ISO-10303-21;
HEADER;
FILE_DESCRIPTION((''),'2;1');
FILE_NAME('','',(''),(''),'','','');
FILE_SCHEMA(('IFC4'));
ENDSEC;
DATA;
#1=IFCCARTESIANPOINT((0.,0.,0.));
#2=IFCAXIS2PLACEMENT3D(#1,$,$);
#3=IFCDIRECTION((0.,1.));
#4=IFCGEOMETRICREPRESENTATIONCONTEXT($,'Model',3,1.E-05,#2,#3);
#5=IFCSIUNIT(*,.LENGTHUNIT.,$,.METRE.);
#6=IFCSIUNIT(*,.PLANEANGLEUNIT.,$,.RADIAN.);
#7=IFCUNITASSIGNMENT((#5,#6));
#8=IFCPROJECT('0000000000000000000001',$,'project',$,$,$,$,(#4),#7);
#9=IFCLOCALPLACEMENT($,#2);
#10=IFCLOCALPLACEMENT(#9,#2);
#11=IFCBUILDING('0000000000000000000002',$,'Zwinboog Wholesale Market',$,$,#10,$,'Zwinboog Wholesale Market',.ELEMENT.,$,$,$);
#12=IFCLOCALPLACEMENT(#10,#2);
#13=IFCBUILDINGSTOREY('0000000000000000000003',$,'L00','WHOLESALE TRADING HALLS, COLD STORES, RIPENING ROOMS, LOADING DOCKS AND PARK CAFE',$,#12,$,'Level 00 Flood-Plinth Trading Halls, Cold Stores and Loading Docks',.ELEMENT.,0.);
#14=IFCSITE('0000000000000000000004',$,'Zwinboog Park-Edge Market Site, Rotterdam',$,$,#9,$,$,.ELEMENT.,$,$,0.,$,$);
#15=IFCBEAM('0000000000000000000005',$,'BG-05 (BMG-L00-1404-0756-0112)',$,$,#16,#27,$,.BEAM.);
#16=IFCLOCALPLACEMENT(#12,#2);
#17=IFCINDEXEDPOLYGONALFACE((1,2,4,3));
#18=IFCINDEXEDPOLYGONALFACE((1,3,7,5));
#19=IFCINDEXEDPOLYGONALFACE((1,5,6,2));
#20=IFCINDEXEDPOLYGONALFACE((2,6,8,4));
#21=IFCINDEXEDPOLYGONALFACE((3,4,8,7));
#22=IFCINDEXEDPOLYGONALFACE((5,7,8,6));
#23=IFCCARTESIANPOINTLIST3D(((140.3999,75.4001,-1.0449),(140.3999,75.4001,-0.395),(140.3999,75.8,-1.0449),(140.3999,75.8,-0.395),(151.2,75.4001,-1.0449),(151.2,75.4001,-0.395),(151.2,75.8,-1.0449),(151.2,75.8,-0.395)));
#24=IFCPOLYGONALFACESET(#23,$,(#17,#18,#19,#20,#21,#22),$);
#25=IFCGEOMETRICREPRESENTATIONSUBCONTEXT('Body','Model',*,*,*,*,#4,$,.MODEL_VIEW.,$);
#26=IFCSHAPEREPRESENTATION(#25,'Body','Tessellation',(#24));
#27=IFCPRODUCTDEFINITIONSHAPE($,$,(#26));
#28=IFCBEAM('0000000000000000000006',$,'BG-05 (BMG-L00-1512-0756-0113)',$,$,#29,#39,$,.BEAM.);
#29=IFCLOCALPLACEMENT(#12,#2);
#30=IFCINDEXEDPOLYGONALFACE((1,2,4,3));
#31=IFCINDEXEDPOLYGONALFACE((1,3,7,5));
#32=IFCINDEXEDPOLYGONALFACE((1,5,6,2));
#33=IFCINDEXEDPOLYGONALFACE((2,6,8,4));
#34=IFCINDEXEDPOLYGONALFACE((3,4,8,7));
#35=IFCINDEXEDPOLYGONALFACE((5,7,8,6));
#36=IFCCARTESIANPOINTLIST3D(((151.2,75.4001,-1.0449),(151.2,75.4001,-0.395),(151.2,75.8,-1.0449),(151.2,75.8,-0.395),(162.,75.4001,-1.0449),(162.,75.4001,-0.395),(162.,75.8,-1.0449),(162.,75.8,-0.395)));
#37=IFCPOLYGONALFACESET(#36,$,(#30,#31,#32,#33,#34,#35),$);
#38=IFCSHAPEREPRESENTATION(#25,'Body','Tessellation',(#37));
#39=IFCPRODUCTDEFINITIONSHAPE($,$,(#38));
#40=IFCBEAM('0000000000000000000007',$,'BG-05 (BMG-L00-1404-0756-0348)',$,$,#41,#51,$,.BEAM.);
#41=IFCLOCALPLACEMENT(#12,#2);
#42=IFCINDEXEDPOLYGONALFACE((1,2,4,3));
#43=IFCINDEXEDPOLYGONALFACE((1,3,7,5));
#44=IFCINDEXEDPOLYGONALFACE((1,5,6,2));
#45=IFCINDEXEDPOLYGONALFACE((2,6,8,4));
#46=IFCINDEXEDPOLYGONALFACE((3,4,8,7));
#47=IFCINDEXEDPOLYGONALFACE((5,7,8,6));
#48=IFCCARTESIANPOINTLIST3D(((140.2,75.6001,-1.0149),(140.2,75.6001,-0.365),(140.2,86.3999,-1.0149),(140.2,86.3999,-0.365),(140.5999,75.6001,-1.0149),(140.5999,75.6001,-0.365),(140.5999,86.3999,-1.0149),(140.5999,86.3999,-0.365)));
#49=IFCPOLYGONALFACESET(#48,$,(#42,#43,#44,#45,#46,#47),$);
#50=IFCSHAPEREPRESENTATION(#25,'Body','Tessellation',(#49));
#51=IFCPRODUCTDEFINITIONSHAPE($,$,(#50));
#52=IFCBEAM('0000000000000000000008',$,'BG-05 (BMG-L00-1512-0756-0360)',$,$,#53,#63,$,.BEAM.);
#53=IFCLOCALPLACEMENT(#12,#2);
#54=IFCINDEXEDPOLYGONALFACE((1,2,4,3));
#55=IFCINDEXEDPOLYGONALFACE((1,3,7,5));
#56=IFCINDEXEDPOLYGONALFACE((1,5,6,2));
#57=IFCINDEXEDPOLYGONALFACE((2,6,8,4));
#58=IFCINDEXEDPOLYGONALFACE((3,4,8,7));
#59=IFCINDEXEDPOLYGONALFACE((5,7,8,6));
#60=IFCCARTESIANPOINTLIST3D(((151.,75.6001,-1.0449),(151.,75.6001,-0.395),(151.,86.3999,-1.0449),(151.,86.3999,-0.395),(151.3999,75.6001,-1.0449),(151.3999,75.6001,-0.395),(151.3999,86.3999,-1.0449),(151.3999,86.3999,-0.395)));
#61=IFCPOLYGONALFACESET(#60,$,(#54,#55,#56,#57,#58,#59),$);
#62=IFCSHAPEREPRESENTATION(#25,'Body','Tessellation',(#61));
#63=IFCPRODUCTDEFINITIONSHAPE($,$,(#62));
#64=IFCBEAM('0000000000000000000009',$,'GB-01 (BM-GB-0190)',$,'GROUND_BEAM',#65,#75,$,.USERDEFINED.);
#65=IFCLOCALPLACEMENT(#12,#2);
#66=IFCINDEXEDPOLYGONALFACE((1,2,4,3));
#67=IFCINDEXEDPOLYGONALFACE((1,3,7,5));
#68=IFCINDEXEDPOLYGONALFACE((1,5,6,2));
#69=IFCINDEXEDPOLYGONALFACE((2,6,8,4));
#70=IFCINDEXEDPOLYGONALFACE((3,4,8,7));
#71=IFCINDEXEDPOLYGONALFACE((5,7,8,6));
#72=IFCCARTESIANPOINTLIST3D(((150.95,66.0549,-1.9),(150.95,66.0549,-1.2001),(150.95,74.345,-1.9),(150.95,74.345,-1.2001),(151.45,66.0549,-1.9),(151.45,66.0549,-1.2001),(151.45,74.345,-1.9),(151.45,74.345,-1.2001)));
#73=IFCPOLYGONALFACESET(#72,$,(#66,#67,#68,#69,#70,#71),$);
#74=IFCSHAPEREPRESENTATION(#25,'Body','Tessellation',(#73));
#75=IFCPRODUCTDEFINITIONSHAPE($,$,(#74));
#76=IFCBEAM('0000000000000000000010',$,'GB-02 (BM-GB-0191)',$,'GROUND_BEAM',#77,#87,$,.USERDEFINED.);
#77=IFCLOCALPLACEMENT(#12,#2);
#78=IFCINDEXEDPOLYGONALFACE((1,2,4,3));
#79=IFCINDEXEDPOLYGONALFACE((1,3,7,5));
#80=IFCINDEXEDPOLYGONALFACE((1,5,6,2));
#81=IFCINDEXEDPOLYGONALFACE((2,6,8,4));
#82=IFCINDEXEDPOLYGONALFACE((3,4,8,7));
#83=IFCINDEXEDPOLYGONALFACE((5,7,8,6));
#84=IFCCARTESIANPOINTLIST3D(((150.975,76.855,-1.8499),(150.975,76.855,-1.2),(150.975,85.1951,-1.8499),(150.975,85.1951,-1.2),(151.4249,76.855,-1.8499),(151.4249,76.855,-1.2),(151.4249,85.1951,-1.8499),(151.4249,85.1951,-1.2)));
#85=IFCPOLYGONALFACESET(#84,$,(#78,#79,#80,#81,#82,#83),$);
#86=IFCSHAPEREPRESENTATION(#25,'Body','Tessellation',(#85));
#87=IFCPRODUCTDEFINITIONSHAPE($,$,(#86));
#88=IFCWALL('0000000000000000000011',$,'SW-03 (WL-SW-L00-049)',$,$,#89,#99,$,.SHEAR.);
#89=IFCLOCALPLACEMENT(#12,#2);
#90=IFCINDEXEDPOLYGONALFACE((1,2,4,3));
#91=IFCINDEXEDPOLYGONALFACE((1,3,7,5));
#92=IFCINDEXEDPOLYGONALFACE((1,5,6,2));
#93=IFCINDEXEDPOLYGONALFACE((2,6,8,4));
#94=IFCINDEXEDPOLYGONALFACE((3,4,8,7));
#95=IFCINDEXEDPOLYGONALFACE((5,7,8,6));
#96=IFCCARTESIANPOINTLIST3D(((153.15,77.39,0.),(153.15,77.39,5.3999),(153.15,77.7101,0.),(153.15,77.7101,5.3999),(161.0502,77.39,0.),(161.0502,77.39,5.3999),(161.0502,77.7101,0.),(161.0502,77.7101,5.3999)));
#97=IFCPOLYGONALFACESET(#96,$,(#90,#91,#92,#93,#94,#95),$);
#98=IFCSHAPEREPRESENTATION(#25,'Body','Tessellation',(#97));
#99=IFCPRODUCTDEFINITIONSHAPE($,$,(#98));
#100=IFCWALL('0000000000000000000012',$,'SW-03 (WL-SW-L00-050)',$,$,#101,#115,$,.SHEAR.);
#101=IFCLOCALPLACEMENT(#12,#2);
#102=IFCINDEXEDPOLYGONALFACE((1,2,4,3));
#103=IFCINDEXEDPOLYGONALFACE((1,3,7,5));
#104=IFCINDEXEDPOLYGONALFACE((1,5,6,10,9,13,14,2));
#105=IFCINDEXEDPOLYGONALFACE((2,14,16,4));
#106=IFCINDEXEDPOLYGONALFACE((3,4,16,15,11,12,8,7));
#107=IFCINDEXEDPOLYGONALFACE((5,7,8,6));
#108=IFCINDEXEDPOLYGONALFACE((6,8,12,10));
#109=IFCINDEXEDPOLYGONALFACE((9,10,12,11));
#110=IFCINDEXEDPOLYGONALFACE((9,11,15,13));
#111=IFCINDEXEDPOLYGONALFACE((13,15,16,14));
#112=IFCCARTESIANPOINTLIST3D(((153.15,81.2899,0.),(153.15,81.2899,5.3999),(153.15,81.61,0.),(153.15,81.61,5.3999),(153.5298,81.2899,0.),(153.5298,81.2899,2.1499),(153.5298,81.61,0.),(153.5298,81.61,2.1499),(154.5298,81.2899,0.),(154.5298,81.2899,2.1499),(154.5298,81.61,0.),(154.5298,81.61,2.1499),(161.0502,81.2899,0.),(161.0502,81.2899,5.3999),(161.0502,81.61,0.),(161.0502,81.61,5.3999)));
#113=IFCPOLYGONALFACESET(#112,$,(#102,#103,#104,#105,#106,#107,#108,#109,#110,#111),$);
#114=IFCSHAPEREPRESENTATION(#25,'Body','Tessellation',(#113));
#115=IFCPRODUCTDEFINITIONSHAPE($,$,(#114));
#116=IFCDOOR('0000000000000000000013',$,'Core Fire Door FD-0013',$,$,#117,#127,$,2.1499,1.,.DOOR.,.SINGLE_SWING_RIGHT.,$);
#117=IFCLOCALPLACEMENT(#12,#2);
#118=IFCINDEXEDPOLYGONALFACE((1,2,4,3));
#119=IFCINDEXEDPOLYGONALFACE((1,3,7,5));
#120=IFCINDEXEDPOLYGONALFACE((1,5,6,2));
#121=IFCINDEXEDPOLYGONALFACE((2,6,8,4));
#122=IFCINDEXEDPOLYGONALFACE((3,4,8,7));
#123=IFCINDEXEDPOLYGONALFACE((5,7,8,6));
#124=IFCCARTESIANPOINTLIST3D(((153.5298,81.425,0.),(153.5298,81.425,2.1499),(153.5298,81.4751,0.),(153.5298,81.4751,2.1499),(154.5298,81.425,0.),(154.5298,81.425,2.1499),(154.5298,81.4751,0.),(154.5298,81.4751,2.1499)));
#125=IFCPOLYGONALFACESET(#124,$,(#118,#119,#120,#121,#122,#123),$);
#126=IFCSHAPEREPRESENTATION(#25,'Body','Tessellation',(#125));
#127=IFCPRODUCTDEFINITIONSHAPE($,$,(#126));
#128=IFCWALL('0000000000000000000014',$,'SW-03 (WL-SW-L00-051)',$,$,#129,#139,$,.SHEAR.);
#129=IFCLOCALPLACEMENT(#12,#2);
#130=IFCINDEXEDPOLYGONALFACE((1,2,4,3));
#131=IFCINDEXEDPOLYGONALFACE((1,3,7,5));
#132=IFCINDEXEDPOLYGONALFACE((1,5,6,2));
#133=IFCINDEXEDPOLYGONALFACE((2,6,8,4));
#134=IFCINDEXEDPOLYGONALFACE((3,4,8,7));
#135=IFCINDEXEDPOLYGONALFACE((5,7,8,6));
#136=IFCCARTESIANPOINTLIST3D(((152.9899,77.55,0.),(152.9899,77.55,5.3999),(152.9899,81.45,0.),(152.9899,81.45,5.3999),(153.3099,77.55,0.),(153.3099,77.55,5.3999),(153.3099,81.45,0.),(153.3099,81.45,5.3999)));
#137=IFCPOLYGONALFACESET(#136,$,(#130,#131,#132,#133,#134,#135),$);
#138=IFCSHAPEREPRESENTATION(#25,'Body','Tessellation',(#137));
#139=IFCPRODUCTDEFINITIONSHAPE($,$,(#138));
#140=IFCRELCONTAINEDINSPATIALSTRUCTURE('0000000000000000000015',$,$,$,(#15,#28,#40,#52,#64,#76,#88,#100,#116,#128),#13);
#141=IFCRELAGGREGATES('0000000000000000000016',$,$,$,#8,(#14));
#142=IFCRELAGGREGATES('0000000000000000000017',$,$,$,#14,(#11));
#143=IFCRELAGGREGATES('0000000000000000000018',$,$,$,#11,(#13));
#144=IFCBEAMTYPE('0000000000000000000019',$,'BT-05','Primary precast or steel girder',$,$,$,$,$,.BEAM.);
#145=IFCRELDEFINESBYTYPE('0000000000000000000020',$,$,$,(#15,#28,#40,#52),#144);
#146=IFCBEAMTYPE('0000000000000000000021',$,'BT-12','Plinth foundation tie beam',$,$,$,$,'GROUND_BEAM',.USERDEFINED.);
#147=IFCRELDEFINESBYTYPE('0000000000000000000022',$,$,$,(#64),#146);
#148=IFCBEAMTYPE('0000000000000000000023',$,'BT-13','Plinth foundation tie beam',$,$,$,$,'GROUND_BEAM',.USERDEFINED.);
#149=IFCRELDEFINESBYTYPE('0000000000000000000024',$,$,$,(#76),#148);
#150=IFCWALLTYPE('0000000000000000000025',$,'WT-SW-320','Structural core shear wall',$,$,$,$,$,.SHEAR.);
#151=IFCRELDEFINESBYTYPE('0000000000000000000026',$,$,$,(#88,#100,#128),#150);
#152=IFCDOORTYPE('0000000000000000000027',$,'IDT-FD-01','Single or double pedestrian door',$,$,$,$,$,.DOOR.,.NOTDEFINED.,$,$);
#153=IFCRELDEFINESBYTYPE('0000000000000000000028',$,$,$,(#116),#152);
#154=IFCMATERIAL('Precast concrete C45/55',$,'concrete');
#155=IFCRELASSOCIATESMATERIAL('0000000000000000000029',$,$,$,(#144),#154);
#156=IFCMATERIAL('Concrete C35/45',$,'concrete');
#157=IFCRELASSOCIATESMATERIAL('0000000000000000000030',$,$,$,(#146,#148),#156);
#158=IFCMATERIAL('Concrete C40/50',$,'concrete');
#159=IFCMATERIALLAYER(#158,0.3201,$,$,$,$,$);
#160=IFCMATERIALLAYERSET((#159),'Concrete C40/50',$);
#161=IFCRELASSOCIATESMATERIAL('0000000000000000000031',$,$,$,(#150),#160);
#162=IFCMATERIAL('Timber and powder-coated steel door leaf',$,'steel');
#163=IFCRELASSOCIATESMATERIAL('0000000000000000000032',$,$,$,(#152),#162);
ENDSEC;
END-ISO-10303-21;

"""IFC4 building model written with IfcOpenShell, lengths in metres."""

from ifc_helpers import new_model, si_unit, direction, frame, frame_2d, origin, origin_2d, place, context, subcontext, project, spatial, rectangle, extrude, material, layer, layer_set, material_profile, profile_set, type_object, element, fill, save


model = new_model("IFC4")

# Units and contexts
model_context = context("Model", 3, precision=1e-05, world=origin(), true_north=direction((0.0, 1.0)))
body_context = subcontext(model_context, "Body", "Model", "MODEL_VIEW")
ifc_project = project(units=[si_unit("LENGTHUNIT", "METRE"), si_unit("PLANEANGLEUNIT", "RADIAN")], contexts=[model_context])

# Site, building, storey
site_placement = place(None, origin())
site = spatial("IfcSite", under=ifc_project, at=site_placement, Name="Zwinboog Park-Edge Market Site, Rotterdam", CompositionType="ELEMENT", RefElevation=0.0)
building_placement = place(site_placement, origin())
building = spatial("IfcBuilding", under=site, at=building_placement, Name="Zwinboog Wholesale Market", LongName="Zwinboog Wholesale Market", CompositionType="ELEMENT")
storey_placement = place(building_placement, origin())
storey = spatial("IfcBuildingStorey", under=building, at=storey_placement, Name="L00", Description="WHOLESALE TRADING HALLS, COLD STORES, RIPENING ROOMS, LOADING DOCKS AND PARK CAFE", LongName="Level 00 Flood-Plinth Trading Halls, Cold Stores and Loading Docks", CompositionType="ELEMENT", Elevation=0.0)

# Shared definitions
ifc_material_1 = material(Name="Concrete C40/50", Category="concrete")

# Shared definitions
ifc_material_2 = material(Name="Concrete C35/45", Category="concrete")

# Shared definitions
ifc_material_3 = material(Name="Precast concrete C45/55", Category="concrete")

# Beams
ifc_material_profile_1 = material_profile(ifc_material_3, rectangle(XDim=0.3999, YDim=0.6499, at=origin_2d()), Name="PC 400x650")
ifc_profile_set_1 = profile_set([ifc_material_profile_1], Name="Precast concrete C45/55")
beam_type_1 = type_object("IfcBeamType", Name="BT-05", Description="Primary precast or steel girder", PredefinedType="BEAM", material=ifc_profile_set_1)
for number, where, z_axis, x_axis, name in (
    (1, (140.3999, 75.6001, -0.72), (1.0, 0.0, 0.0), (0.0, 1.0, 0.0), "BG-05 (BMG-L00-1404-0756-0112)"),
    (2, (151.2, 75.6001, -0.72), (1.0, 0.0, 0.0), (0.0, 1.0, 0.0), "BG-05 (BMG-L00-1512-0756-0113)"),
):
    element("IfcBeam", number, at=place(storey_placement, frame(where, z_axis=z_axis, x_axis=x_axis)), inside=storey, type_object=beam_type_1, Name=name, PredefinedType="BEAM", context=body_context, shape_type="SweptSolid", body=[
        extrude(rectangle(XDim=0.3999, YDim=0.6499, at=origin_2d()), origin(), (0.0, 0.0, 1.0), 10.8),
    ])
for number, where, z_axis, x_axis, name in (
    (3, (140.3999, 75.6001, -0.6899), (0.0, 1.0, 0.0), (-1.0, 0.0, 0.0), "BG-05 (BMG-L00-1404-0756-0348)"),
    (4, (151.2, 75.6001, -0.72), (0.0, 1.0, 0.0), (-1.0, 0.0, 0.0), "BG-05 (BMG-L00-1512-0756-0360)"),
):
    element("IfcBeam", number, at=place(storey_placement, frame(where, z_axis=z_axis, x_axis=x_axis)), inside=storey, type_object=beam_type_1, Name=name, PredefinedType="BEAM", context=body_context, shape_type="SweptSolid", body=[
        extrude(rectangle(XDim=0.3999, YDim=0.6499, at=origin_2d()), origin(), (0.0, 0.0, 1.0), 10.7998),
    ])
ifc_material_profile_2 = material_profile(ifc_material_2, rectangle(XDim=0.5, YDim=0.7, at=origin_2d()), Name="RC 500x700")
ifc_profile_set_2 = profile_set([ifc_material_profile_2], Name="Concrete C35/45")
beam_type_2 = type_object("IfcBeamType", Name="BT-12", Description="Plinth foundation tie beam", ElementType="GROUND_BEAM", PredefinedType="USERDEFINED", material=ifc_profile_set_2)
beam_1_placement = place(storey_placement, frame((151.2, 66.0549, -1.55), z_axis=(0.0, 1.0, 0.0), x_axis=(-1.0, 0.0, 0.0)))
element("IfcBeam", 5, at=beam_1_placement, inside=storey, type_object=beam_type_2, Name="GB-01 (BM-GB-0190)", ObjectType="GROUND_BEAM", PredefinedType="USERDEFINED", context=body_context, shape_type="SweptSolid", body=[
    extrude(rectangle(XDim=0.5, YDim=0.7, at=origin_2d()), origin(), (0.0, 0.0, 1.0), 8.29),
])
ifc_material_profile_3 = material_profile(ifc_material_2, rectangle(XDim=0.45, YDim=0.6499, at=origin_2d()), Name="RC 450x650")
ifc_profile_set_3 = profile_set([ifc_material_profile_3], Name="Concrete C35/45")
beam_type_3 = type_object("IfcBeamType", Name="BT-13", Description="Plinth foundation tie beam", ElementType="GROUND_BEAM", PredefinedType="USERDEFINED", material=ifc_profile_set_3)
beam_2_placement = place(storey_placement, frame((151.2, 76.855, -1.5249), z_axis=(0.0, 1.0, 0.0), x_axis=(-1.0, 0.0, 0.0)))
element("IfcBeam", 6, at=beam_2_placement, inside=storey, type_object=beam_type_3, Name="GB-02 (BM-GB-0191)", ObjectType="GROUND_BEAM", PredefinedType="USERDEFINED", context=body_context, shape_type="SweptSolid", body=[
    extrude(rectangle(XDim=0.45, YDim=0.6499, at=origin_2d()), origin(), (0.0, 0.0, 1.0), 8.3401),
])

# Wall
ifc_layer = layer(ifc_material_1, 0.3201)
ifc_layer_set = layer_set([ifc_layer], Name="Concrete C40/50")
wall_type = type_object("IfcWallType", Name="WT-SW-320", Description="Structural core shear wall", PredefinedType="SHEAR", material=ifc_layer_set)
wall_1_placement = place(storey_placement, frame((153.1499, 77.55, 0.0), z_axis=(0.0, 0.0, 1.0), x_axis=(1.0, 0.0, 0.0)))
element("IfcWall", 7, at=wall_1_placement, inside=storey, type_object=wall_type, Name="SW-03 (WL-SW-L00-049)", PredefinedType="SHEAR", context=body_context, shape_type="SweptSolid", body=[
    extrude(rectangle(XDim=7.9001, YDim=0.3201, at=frame_2d((3.9502, 0.0))), origin(), (0.0, 0.0, 1.0), 5.3999),
])

# Wall, opening, door
wall_2_placement = place(storey_placement, frame((153.1499, 81.45, 0.0), z_axis=(0.0, 0.0, 1.0), x_axis=(1.0, 0.0, 0.0)))
wall_2 = element("IfcWall", 8, at=wall_2_placement, inside=storey, type_object=wall_type, Name="SW-03 (WL-SW-L00-050)", PredefinedType="SHEAR", context=body_context, shape_type="SweptSolid", body=[
    extrude(rectangle(XDim=7.9001, YDim=0.3201, at=frame_2d((3.9502, 0.0))), origin(), (0.0, 0.0, 1.0), 5.3999),
])
opening_placement = place(wall_2_placement, frame((0.3799, 0.0, 0.0)))
opening = element("IfcOpeningElement", 9, at=opening_placement, cuts=wall_2, PredefinedType="OPENING", context=body_context, shape_type="SweptSolid", body=[
    extrude(rectangle(XDim=1.0, YDim=2.1499, at=frame_2d((0.5, 1.075))), frame((0.0, 0.1699, 0.0), z_axis=(0.0, -1.0, 0.0), x_axis=(1.0, 0.0, 0.0)), (0.0, 0.0, 1.0), 0.3401),
])
ifc_material_4 = material(Name="Timber and powder-coated steel door leaf", Category="steel")
door_type = type_object("IfcDoorType", Name="IDT-FD-01", Description="Single or double pedestrian door", OperationType="NOTDEFINED", PredefinedType="DOOR", material=ifc_material_4)
door_placement = place(opening_placement, frame((1.0, 0.0, 0.0), z_axis=(0.0, 0.0, 1.0), x_axis=(-1.0, 0.0, 0.0)))
door = element("IfcDoor", 10, at=door_placement, inside=storey, type_object=door_type, Name="Core Fire Door FD-0013", OperationType="SINGLE_SWING_RIGHT", OverallHeight=2.1499, OverallWidth=1.0, PredefinedType="DOOR", context=body_context, shape_type="SweptSolid", body=[
    extrude(rectangle(XDim=1.0, YDim=2.1499, at=frame_2d((0.5, 1.075))), frame((0.0, 0.0249, 0.0), z_axis=(0.0, -1.0, 0.0), x_axis=(1.0, 0.0, 0.0)), (0.0, 0.0, 1.0), 0.05),
])
fill(opening, door)

# Wall
wall_3_placement = place(storey_placement, frame((153.1499, 77.55, 0.0), z_axis=(0.0, 0.0, 1.0), x_axis=(0.0, 1.0, 0.0)))
element("IfcWall", 11, at=wall_3_placement, inside=storey, type_object=wall_type, Name="SW-03 (WL-SW-L00-051)", PredefinedType="SHEAR", context=body_context, shape_type="SweptSolid", body=[
    extrude(rectangle(XDim=3.8999, YDim=0.3201, at=frame_2d((1.95, 0.0))), origin(), (0.0, 0.0, 1.0), 5.3999),
])

save(model, "model.ifc")
